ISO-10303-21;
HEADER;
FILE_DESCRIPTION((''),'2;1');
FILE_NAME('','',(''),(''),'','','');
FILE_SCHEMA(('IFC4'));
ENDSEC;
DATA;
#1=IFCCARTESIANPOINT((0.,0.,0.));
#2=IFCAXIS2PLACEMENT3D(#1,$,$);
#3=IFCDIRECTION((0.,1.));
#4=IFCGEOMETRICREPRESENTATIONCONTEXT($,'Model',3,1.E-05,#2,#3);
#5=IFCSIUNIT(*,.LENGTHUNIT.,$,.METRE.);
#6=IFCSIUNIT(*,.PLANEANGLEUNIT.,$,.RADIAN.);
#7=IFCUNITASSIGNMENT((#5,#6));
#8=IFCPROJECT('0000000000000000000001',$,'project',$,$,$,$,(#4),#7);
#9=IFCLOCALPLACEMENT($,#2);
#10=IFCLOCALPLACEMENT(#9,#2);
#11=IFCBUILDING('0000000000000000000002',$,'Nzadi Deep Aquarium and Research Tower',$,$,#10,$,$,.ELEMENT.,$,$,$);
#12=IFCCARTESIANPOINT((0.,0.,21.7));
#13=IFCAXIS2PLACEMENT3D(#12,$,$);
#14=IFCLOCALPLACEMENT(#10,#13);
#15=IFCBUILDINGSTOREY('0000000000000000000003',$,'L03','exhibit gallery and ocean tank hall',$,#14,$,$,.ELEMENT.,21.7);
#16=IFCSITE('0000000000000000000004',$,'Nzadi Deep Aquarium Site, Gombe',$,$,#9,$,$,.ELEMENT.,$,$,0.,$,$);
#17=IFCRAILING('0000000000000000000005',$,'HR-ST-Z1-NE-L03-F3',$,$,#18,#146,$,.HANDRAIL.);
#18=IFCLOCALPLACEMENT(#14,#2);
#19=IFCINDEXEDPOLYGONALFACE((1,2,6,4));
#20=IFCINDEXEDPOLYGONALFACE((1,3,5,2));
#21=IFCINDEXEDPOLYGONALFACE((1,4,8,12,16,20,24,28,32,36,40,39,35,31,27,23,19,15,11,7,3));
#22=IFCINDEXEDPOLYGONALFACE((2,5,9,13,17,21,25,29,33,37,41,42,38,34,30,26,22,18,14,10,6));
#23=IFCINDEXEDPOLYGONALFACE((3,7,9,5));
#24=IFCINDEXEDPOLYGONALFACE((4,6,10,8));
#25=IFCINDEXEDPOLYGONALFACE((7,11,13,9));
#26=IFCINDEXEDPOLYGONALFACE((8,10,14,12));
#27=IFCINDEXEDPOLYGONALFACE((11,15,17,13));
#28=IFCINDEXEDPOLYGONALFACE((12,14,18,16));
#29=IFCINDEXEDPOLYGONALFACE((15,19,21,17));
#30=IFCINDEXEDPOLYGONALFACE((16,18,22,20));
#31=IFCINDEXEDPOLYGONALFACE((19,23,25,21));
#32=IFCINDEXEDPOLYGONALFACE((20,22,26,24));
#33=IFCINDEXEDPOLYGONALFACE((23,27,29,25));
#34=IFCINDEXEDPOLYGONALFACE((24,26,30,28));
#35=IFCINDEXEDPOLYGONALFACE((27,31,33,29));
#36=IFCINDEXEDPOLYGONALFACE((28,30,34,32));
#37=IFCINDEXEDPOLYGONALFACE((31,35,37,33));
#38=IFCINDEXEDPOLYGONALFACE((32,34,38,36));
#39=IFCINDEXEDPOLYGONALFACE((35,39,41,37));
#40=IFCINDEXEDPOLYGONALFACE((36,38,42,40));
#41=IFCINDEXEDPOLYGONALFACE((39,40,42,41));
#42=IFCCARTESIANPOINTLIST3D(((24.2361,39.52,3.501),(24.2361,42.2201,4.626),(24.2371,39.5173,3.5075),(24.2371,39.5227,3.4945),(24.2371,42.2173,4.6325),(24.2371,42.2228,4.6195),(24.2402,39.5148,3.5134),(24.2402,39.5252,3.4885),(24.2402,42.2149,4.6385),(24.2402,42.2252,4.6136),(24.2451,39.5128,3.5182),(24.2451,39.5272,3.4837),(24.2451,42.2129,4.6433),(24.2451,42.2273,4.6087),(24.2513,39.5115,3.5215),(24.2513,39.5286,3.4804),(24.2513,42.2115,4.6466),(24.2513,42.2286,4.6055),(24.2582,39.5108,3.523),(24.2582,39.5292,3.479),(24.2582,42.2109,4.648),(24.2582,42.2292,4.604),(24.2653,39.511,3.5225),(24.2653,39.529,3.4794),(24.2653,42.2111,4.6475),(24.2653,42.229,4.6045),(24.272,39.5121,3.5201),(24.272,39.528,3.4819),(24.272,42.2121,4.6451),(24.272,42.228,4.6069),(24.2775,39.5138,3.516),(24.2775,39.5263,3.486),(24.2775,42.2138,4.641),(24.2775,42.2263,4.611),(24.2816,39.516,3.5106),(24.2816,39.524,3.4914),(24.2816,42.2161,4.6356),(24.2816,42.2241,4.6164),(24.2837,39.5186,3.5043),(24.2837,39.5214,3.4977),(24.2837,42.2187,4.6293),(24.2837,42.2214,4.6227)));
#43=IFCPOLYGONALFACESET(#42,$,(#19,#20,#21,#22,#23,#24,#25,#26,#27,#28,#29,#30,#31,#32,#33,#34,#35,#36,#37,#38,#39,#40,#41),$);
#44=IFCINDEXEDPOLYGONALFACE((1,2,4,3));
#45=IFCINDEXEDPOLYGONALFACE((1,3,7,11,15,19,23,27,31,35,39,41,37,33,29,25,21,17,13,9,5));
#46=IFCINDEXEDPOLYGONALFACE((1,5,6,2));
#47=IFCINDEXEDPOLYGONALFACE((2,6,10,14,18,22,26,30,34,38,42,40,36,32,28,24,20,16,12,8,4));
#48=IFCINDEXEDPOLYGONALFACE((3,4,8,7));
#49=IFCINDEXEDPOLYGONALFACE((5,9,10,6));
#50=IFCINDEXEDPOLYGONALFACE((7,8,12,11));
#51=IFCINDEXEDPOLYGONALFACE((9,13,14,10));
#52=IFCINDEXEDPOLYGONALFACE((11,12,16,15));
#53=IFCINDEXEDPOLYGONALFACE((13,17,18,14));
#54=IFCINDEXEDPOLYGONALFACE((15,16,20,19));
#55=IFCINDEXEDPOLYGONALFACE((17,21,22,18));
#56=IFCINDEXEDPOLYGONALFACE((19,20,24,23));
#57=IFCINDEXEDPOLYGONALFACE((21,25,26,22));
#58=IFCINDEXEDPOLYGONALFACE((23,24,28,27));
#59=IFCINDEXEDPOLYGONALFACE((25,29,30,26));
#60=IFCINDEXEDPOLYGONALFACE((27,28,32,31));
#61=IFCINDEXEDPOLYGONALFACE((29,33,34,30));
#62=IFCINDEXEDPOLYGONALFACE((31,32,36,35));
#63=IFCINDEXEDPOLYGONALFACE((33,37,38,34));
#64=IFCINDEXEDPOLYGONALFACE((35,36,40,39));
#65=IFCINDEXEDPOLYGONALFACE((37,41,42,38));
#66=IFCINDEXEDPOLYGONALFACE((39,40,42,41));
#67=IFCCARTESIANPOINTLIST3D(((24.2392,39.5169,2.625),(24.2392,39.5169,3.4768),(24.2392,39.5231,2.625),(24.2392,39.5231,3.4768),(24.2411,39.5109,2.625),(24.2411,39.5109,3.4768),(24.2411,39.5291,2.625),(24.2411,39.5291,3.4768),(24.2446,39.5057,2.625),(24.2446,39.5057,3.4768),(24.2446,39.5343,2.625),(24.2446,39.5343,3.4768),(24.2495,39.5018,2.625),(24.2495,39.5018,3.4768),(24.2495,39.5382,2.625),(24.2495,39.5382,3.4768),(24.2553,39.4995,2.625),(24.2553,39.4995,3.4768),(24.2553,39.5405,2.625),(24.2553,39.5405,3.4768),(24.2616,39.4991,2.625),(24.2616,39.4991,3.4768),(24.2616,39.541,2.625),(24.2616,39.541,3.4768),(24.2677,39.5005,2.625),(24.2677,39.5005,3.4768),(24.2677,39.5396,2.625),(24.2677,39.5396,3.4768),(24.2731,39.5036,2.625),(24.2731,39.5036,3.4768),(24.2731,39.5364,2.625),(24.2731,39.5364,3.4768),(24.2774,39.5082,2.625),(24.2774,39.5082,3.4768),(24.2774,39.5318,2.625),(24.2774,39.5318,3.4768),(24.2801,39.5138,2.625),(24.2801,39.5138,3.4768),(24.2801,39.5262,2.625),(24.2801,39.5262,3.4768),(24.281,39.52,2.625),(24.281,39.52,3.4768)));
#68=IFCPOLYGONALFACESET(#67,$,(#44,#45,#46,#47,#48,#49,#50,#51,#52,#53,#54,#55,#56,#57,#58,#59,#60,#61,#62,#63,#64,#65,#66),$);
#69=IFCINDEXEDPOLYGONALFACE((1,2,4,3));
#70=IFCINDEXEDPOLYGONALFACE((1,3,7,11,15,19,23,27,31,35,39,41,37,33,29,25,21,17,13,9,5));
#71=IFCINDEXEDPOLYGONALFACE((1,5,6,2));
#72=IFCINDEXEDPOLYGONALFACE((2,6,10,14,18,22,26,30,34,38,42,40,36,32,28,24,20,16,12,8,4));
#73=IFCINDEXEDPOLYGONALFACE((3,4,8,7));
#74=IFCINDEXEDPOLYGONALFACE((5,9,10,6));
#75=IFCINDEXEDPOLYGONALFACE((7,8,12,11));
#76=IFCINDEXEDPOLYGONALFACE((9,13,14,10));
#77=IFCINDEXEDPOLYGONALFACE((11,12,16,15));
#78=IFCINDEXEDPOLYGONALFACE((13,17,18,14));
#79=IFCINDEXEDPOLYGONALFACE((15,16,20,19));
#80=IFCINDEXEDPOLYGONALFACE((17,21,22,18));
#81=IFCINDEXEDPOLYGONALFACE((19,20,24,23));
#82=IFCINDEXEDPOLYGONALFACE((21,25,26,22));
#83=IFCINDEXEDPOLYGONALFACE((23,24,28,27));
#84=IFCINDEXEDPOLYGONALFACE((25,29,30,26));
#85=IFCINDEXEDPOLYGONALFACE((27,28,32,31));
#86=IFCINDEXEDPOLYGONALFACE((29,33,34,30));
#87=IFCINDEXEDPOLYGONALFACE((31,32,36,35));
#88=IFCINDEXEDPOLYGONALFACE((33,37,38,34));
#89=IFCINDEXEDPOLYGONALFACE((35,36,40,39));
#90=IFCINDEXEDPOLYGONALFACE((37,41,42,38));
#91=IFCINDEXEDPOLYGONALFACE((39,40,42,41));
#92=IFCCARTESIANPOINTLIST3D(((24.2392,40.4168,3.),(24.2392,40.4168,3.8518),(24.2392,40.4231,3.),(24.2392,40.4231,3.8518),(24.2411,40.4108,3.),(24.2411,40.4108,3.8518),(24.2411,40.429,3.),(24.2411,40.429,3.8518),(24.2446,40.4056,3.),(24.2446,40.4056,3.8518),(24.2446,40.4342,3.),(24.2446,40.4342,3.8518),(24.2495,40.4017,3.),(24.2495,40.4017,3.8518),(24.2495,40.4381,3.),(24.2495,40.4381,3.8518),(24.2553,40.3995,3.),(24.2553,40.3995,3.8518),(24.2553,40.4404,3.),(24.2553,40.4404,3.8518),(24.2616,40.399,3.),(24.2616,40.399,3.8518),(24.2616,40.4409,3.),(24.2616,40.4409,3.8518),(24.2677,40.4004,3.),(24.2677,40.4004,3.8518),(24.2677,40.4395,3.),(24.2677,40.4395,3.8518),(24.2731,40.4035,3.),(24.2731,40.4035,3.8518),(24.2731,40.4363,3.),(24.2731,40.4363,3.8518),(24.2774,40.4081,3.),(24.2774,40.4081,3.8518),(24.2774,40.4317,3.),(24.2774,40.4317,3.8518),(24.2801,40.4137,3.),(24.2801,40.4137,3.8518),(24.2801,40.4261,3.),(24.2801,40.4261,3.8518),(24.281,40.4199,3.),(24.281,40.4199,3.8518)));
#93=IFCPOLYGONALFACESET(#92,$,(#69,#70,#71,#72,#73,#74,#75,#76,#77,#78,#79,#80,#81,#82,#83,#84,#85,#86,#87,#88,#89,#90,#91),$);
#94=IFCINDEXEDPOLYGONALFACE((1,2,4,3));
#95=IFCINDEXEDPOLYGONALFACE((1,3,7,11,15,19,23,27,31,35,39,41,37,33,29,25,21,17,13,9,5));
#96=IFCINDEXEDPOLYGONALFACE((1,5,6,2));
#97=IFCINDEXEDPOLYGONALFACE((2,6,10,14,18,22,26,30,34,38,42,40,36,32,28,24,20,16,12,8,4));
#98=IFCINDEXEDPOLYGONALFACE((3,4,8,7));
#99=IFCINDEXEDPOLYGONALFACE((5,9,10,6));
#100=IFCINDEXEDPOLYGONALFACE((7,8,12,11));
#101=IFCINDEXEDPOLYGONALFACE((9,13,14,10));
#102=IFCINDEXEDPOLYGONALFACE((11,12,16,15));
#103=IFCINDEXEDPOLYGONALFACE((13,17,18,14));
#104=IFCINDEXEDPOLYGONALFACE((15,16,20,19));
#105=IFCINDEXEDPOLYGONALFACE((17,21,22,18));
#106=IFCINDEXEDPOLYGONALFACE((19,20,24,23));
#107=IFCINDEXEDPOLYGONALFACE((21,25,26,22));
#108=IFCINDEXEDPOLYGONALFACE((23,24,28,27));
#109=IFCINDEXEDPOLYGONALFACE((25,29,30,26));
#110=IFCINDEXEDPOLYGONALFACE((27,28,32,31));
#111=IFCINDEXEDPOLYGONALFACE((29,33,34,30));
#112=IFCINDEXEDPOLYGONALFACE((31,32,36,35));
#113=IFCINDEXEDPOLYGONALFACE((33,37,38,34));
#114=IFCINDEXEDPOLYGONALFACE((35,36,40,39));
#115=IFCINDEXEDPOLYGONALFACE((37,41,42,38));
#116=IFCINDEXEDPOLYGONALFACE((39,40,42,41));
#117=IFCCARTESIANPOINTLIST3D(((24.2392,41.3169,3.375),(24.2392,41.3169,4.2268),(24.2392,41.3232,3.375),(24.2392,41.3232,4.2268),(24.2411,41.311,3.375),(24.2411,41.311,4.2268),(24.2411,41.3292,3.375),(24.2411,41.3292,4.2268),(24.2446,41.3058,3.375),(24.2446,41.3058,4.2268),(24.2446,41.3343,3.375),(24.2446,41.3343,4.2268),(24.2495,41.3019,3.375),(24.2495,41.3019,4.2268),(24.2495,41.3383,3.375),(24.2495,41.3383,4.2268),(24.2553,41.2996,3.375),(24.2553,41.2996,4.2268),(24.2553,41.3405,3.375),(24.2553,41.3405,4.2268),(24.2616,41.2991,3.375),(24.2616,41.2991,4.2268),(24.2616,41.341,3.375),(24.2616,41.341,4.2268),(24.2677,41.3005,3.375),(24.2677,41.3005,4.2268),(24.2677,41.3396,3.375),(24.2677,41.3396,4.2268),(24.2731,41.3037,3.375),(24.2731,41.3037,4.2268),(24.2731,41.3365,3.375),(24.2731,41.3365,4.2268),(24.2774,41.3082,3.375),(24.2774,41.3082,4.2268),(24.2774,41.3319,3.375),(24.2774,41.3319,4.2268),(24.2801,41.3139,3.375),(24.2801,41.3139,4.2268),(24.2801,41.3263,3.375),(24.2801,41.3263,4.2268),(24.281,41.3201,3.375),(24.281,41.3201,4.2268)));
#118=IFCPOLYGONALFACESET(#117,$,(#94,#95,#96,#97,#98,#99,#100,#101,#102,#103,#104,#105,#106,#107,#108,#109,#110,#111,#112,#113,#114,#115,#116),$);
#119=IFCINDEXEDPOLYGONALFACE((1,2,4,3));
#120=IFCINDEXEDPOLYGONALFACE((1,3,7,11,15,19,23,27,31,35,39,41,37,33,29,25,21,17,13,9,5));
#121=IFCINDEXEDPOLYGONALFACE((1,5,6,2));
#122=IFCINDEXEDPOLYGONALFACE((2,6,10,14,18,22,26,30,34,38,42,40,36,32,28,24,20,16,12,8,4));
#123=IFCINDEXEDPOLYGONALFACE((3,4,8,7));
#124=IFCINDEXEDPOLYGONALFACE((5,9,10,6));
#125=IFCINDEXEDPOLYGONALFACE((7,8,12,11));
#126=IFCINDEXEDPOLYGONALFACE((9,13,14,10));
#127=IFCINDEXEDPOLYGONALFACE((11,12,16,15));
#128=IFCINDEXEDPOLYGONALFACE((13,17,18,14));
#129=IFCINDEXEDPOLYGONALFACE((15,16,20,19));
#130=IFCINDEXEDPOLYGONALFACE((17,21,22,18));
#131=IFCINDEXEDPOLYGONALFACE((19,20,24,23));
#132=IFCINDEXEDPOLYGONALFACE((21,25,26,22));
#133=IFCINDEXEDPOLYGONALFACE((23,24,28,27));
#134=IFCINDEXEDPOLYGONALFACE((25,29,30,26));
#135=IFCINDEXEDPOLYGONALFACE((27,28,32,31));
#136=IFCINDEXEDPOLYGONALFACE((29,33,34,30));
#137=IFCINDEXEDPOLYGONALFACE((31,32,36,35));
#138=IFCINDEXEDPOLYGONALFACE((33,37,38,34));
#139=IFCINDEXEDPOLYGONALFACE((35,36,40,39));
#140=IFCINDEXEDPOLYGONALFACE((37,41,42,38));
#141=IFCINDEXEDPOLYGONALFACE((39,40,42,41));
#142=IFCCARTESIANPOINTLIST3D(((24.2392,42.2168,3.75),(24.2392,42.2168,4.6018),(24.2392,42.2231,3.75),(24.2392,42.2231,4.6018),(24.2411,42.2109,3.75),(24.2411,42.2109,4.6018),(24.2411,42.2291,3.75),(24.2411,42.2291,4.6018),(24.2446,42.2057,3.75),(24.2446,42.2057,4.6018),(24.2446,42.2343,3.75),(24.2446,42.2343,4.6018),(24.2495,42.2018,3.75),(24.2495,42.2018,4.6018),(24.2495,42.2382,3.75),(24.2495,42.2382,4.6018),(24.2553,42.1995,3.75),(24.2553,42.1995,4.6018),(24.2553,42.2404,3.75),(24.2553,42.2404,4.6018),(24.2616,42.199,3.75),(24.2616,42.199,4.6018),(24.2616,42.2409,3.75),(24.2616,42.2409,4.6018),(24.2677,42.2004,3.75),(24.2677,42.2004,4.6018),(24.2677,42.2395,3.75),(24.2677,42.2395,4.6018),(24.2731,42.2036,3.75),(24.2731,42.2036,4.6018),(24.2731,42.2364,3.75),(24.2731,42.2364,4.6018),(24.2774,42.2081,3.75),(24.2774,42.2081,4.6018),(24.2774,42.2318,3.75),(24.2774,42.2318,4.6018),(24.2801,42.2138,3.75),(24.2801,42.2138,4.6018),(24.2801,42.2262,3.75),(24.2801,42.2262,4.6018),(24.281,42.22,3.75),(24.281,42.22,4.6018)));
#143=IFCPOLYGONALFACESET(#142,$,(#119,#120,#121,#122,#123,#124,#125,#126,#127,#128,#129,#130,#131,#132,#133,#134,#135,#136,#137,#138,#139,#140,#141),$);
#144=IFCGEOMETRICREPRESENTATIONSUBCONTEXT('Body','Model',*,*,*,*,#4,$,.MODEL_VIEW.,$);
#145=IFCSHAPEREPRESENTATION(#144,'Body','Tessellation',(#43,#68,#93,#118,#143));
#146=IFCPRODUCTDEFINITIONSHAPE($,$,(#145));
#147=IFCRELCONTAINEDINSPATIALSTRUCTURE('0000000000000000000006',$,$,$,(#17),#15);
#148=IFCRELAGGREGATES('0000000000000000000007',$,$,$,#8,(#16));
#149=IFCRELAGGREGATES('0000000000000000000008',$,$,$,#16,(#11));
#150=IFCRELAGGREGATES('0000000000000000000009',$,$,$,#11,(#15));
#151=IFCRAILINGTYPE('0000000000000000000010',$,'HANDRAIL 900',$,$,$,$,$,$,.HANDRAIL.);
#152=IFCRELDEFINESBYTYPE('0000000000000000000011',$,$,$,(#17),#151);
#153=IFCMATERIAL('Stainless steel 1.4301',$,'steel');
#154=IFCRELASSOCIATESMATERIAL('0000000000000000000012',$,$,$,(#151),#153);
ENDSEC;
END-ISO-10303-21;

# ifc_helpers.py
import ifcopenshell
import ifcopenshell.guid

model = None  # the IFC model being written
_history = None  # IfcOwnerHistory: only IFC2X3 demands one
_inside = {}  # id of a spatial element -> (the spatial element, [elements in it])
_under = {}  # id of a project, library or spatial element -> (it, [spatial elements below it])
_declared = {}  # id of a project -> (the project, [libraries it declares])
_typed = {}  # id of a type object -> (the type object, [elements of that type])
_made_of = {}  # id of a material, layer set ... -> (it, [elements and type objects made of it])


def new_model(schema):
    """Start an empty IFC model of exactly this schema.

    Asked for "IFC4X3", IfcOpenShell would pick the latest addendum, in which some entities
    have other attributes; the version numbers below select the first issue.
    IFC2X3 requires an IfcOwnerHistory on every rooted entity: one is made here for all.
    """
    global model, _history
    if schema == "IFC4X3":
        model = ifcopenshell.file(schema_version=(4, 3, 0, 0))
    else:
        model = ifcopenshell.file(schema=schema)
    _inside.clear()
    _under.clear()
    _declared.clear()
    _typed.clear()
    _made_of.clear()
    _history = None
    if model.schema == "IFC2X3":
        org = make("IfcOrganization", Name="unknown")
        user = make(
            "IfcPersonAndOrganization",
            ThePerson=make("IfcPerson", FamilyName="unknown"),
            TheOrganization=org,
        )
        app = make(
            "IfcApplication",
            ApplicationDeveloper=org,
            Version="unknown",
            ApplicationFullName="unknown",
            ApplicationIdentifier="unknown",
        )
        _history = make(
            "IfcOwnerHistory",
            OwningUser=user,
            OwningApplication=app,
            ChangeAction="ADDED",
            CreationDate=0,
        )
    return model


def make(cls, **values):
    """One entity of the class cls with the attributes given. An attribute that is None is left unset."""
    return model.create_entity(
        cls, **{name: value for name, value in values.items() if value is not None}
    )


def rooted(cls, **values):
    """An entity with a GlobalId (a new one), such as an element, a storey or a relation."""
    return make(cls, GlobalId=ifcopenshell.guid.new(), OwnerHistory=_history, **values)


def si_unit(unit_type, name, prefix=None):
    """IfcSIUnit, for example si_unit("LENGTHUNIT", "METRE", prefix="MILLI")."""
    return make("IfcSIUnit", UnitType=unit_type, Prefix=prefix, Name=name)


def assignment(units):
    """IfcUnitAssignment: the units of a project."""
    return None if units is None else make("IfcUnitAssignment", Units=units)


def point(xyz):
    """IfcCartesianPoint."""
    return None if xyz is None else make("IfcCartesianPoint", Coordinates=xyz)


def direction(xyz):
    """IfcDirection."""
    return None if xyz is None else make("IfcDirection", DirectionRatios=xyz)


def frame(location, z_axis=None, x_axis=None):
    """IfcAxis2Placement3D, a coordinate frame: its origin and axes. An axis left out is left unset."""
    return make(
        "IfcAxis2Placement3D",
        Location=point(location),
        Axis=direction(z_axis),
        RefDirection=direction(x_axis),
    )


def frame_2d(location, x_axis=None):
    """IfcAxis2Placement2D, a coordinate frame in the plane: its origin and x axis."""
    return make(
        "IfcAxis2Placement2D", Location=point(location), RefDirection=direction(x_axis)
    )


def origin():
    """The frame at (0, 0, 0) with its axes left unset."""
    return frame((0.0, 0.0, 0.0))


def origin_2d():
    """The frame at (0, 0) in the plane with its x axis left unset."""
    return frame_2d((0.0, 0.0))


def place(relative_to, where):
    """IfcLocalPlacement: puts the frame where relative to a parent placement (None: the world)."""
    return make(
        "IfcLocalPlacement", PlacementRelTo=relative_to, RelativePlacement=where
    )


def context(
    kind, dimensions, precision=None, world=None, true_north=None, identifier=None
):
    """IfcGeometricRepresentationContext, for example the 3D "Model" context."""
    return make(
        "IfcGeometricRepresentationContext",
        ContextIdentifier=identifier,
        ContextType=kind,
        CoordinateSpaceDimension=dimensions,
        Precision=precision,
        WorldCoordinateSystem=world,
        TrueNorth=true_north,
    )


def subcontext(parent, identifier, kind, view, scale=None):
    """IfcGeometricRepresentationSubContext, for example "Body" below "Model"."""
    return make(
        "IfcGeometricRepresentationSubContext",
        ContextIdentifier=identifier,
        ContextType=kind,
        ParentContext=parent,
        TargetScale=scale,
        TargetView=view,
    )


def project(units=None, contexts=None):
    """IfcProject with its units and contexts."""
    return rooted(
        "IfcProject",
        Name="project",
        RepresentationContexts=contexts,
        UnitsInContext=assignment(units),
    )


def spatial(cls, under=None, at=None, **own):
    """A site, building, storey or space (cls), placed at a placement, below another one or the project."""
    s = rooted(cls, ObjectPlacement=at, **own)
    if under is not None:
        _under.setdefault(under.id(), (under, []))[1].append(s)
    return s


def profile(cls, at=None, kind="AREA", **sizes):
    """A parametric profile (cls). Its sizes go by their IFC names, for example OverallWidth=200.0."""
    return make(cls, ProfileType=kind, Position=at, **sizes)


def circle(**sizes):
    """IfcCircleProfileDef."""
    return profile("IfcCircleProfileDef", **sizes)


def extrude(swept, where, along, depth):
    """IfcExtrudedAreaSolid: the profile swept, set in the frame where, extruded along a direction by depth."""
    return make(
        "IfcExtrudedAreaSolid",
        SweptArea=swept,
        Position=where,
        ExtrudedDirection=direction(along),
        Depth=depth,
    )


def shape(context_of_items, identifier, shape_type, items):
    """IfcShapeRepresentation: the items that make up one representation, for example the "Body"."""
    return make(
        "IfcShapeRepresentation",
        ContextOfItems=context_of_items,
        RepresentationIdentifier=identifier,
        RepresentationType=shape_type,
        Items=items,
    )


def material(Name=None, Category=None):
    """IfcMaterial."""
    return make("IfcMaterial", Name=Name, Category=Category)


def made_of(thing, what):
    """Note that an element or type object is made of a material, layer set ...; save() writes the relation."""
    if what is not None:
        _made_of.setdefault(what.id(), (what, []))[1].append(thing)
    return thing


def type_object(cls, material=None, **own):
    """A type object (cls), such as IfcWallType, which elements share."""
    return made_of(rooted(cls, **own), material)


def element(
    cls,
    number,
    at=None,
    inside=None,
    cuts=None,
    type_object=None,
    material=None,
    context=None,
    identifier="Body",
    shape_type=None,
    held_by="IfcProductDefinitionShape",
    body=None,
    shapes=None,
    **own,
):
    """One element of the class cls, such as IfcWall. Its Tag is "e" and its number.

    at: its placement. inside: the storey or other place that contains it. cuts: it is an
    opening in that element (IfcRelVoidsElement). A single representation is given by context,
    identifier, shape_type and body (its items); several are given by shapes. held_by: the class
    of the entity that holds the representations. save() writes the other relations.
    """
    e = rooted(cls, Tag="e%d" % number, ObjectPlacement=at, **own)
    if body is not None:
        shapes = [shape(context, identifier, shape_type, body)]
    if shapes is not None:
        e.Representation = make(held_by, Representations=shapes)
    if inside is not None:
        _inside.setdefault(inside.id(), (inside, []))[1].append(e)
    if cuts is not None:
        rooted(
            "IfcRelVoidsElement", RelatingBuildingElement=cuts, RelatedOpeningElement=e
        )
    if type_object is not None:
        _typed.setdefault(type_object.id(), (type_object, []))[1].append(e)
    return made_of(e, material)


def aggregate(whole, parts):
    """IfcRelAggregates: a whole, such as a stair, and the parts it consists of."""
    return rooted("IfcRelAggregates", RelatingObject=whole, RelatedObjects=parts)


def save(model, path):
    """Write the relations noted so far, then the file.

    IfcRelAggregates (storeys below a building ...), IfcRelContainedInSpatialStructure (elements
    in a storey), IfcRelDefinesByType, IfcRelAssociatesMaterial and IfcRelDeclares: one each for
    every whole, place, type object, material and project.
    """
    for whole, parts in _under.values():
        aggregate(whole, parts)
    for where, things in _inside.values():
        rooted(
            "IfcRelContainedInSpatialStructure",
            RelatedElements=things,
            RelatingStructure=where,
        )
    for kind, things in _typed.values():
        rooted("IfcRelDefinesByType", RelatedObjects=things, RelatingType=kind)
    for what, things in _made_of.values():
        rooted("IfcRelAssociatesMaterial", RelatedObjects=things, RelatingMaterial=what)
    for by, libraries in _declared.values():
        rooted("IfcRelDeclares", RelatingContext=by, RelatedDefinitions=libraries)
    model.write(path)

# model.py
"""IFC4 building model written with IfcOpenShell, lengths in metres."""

from ifc_helpers import new_model, si_unit, direction, frame, origin, origin_2d, place, context, subcontext, project, spatial, circle, extrude, material, type_object, element, save


model = new_model("IFC4")

# Units and contexts
model_context = context("Model", 3, precision=1e-05, world=origin(), true_north=direction((0.0, 1.0)))
body_context = subcontext(model_context, "Body", "Model", "MODEL_VIEW")
ifc_project = project(units=[si_unit("LENGTHUNIT", "METRE"), si_unit("PLANEANGLEUNIT", "RADIAN")], contexts=[model_context])

# Site, building, storey
site_placement = place(None, origin())
site = spatial("IfcSite", under=ifc_project, at=site_placement, Name="Nzadi Deep Aquarium Site, Gombe", CompositionType="ELEMENT", RefElevation=0.0)
building_placement = place(site_placement, origin())
building = spatial("IfcBuilding", under=site, at=building_placement, Name="Nzadi Deep Aquarium and Research Tower", CompositionType="ELEMENT")
storey_placement = place(building_placement, frame((0.0, 0.0, 21.7)))
storey = spatial("IfcBuildingStorey", under=building, at=storey_placement, Name="L03", Description="exhibit gallery and ocean tank hall", CompositionType="ELEMENT", Elevation=21.7)

# Railing
ifc_material_1 = material(Name="Stainless steel 1.4301", Category="steel")
railing_type = type_object("IfcRailingType", Name="HANDRAIL 900", PredefinedType="HANDRAIL", material=ifc_material_1)
railing_placement = place(storey_placement, frame((24.26, 39.52, 2.625)))
element("IfcRailing", 1, at=railing_placement, inside=storey, type_object=railing_type, Name="HR-ST-Z1-NE-L03-F3", PredefinedType="HANDRAIL", context=body_context, shape_type="SweptSolid", body=[
    extrude(circle(Radius=0.0239, at=origin_2d()), frame((0.0, 0.0, 0.876), z_axis=(0.0, 0.923074, 0.384621), x_axis=(-1.0, 0.0, 0.0)), (0.0, 0.0, 1.0), 2.925),
    extrude(circle(Radius=0.021, at=origin_2d()), origin(), (0.0, 0.0, 1.0), 0.8518),
    extrude(circle(Radius=0.021, at=origin_2d()), frame((0.0, 0.8999, 0.375)), (0.0, 0.0, 1.0), 0.8518),
    extrude(circle(Radius=0.021, at=origin_2d()), frame((0.0, 1.8, 0.75)), (0.0, 0.0, 1.0), 0.8518),
    extrude(circle(Radius=0.021, at=origin_2d()), frame((0.0, 2.7, 1.125)), (0.0, 0.0, 1.0), 0.8518),
])

save(model, "model.ifc")
